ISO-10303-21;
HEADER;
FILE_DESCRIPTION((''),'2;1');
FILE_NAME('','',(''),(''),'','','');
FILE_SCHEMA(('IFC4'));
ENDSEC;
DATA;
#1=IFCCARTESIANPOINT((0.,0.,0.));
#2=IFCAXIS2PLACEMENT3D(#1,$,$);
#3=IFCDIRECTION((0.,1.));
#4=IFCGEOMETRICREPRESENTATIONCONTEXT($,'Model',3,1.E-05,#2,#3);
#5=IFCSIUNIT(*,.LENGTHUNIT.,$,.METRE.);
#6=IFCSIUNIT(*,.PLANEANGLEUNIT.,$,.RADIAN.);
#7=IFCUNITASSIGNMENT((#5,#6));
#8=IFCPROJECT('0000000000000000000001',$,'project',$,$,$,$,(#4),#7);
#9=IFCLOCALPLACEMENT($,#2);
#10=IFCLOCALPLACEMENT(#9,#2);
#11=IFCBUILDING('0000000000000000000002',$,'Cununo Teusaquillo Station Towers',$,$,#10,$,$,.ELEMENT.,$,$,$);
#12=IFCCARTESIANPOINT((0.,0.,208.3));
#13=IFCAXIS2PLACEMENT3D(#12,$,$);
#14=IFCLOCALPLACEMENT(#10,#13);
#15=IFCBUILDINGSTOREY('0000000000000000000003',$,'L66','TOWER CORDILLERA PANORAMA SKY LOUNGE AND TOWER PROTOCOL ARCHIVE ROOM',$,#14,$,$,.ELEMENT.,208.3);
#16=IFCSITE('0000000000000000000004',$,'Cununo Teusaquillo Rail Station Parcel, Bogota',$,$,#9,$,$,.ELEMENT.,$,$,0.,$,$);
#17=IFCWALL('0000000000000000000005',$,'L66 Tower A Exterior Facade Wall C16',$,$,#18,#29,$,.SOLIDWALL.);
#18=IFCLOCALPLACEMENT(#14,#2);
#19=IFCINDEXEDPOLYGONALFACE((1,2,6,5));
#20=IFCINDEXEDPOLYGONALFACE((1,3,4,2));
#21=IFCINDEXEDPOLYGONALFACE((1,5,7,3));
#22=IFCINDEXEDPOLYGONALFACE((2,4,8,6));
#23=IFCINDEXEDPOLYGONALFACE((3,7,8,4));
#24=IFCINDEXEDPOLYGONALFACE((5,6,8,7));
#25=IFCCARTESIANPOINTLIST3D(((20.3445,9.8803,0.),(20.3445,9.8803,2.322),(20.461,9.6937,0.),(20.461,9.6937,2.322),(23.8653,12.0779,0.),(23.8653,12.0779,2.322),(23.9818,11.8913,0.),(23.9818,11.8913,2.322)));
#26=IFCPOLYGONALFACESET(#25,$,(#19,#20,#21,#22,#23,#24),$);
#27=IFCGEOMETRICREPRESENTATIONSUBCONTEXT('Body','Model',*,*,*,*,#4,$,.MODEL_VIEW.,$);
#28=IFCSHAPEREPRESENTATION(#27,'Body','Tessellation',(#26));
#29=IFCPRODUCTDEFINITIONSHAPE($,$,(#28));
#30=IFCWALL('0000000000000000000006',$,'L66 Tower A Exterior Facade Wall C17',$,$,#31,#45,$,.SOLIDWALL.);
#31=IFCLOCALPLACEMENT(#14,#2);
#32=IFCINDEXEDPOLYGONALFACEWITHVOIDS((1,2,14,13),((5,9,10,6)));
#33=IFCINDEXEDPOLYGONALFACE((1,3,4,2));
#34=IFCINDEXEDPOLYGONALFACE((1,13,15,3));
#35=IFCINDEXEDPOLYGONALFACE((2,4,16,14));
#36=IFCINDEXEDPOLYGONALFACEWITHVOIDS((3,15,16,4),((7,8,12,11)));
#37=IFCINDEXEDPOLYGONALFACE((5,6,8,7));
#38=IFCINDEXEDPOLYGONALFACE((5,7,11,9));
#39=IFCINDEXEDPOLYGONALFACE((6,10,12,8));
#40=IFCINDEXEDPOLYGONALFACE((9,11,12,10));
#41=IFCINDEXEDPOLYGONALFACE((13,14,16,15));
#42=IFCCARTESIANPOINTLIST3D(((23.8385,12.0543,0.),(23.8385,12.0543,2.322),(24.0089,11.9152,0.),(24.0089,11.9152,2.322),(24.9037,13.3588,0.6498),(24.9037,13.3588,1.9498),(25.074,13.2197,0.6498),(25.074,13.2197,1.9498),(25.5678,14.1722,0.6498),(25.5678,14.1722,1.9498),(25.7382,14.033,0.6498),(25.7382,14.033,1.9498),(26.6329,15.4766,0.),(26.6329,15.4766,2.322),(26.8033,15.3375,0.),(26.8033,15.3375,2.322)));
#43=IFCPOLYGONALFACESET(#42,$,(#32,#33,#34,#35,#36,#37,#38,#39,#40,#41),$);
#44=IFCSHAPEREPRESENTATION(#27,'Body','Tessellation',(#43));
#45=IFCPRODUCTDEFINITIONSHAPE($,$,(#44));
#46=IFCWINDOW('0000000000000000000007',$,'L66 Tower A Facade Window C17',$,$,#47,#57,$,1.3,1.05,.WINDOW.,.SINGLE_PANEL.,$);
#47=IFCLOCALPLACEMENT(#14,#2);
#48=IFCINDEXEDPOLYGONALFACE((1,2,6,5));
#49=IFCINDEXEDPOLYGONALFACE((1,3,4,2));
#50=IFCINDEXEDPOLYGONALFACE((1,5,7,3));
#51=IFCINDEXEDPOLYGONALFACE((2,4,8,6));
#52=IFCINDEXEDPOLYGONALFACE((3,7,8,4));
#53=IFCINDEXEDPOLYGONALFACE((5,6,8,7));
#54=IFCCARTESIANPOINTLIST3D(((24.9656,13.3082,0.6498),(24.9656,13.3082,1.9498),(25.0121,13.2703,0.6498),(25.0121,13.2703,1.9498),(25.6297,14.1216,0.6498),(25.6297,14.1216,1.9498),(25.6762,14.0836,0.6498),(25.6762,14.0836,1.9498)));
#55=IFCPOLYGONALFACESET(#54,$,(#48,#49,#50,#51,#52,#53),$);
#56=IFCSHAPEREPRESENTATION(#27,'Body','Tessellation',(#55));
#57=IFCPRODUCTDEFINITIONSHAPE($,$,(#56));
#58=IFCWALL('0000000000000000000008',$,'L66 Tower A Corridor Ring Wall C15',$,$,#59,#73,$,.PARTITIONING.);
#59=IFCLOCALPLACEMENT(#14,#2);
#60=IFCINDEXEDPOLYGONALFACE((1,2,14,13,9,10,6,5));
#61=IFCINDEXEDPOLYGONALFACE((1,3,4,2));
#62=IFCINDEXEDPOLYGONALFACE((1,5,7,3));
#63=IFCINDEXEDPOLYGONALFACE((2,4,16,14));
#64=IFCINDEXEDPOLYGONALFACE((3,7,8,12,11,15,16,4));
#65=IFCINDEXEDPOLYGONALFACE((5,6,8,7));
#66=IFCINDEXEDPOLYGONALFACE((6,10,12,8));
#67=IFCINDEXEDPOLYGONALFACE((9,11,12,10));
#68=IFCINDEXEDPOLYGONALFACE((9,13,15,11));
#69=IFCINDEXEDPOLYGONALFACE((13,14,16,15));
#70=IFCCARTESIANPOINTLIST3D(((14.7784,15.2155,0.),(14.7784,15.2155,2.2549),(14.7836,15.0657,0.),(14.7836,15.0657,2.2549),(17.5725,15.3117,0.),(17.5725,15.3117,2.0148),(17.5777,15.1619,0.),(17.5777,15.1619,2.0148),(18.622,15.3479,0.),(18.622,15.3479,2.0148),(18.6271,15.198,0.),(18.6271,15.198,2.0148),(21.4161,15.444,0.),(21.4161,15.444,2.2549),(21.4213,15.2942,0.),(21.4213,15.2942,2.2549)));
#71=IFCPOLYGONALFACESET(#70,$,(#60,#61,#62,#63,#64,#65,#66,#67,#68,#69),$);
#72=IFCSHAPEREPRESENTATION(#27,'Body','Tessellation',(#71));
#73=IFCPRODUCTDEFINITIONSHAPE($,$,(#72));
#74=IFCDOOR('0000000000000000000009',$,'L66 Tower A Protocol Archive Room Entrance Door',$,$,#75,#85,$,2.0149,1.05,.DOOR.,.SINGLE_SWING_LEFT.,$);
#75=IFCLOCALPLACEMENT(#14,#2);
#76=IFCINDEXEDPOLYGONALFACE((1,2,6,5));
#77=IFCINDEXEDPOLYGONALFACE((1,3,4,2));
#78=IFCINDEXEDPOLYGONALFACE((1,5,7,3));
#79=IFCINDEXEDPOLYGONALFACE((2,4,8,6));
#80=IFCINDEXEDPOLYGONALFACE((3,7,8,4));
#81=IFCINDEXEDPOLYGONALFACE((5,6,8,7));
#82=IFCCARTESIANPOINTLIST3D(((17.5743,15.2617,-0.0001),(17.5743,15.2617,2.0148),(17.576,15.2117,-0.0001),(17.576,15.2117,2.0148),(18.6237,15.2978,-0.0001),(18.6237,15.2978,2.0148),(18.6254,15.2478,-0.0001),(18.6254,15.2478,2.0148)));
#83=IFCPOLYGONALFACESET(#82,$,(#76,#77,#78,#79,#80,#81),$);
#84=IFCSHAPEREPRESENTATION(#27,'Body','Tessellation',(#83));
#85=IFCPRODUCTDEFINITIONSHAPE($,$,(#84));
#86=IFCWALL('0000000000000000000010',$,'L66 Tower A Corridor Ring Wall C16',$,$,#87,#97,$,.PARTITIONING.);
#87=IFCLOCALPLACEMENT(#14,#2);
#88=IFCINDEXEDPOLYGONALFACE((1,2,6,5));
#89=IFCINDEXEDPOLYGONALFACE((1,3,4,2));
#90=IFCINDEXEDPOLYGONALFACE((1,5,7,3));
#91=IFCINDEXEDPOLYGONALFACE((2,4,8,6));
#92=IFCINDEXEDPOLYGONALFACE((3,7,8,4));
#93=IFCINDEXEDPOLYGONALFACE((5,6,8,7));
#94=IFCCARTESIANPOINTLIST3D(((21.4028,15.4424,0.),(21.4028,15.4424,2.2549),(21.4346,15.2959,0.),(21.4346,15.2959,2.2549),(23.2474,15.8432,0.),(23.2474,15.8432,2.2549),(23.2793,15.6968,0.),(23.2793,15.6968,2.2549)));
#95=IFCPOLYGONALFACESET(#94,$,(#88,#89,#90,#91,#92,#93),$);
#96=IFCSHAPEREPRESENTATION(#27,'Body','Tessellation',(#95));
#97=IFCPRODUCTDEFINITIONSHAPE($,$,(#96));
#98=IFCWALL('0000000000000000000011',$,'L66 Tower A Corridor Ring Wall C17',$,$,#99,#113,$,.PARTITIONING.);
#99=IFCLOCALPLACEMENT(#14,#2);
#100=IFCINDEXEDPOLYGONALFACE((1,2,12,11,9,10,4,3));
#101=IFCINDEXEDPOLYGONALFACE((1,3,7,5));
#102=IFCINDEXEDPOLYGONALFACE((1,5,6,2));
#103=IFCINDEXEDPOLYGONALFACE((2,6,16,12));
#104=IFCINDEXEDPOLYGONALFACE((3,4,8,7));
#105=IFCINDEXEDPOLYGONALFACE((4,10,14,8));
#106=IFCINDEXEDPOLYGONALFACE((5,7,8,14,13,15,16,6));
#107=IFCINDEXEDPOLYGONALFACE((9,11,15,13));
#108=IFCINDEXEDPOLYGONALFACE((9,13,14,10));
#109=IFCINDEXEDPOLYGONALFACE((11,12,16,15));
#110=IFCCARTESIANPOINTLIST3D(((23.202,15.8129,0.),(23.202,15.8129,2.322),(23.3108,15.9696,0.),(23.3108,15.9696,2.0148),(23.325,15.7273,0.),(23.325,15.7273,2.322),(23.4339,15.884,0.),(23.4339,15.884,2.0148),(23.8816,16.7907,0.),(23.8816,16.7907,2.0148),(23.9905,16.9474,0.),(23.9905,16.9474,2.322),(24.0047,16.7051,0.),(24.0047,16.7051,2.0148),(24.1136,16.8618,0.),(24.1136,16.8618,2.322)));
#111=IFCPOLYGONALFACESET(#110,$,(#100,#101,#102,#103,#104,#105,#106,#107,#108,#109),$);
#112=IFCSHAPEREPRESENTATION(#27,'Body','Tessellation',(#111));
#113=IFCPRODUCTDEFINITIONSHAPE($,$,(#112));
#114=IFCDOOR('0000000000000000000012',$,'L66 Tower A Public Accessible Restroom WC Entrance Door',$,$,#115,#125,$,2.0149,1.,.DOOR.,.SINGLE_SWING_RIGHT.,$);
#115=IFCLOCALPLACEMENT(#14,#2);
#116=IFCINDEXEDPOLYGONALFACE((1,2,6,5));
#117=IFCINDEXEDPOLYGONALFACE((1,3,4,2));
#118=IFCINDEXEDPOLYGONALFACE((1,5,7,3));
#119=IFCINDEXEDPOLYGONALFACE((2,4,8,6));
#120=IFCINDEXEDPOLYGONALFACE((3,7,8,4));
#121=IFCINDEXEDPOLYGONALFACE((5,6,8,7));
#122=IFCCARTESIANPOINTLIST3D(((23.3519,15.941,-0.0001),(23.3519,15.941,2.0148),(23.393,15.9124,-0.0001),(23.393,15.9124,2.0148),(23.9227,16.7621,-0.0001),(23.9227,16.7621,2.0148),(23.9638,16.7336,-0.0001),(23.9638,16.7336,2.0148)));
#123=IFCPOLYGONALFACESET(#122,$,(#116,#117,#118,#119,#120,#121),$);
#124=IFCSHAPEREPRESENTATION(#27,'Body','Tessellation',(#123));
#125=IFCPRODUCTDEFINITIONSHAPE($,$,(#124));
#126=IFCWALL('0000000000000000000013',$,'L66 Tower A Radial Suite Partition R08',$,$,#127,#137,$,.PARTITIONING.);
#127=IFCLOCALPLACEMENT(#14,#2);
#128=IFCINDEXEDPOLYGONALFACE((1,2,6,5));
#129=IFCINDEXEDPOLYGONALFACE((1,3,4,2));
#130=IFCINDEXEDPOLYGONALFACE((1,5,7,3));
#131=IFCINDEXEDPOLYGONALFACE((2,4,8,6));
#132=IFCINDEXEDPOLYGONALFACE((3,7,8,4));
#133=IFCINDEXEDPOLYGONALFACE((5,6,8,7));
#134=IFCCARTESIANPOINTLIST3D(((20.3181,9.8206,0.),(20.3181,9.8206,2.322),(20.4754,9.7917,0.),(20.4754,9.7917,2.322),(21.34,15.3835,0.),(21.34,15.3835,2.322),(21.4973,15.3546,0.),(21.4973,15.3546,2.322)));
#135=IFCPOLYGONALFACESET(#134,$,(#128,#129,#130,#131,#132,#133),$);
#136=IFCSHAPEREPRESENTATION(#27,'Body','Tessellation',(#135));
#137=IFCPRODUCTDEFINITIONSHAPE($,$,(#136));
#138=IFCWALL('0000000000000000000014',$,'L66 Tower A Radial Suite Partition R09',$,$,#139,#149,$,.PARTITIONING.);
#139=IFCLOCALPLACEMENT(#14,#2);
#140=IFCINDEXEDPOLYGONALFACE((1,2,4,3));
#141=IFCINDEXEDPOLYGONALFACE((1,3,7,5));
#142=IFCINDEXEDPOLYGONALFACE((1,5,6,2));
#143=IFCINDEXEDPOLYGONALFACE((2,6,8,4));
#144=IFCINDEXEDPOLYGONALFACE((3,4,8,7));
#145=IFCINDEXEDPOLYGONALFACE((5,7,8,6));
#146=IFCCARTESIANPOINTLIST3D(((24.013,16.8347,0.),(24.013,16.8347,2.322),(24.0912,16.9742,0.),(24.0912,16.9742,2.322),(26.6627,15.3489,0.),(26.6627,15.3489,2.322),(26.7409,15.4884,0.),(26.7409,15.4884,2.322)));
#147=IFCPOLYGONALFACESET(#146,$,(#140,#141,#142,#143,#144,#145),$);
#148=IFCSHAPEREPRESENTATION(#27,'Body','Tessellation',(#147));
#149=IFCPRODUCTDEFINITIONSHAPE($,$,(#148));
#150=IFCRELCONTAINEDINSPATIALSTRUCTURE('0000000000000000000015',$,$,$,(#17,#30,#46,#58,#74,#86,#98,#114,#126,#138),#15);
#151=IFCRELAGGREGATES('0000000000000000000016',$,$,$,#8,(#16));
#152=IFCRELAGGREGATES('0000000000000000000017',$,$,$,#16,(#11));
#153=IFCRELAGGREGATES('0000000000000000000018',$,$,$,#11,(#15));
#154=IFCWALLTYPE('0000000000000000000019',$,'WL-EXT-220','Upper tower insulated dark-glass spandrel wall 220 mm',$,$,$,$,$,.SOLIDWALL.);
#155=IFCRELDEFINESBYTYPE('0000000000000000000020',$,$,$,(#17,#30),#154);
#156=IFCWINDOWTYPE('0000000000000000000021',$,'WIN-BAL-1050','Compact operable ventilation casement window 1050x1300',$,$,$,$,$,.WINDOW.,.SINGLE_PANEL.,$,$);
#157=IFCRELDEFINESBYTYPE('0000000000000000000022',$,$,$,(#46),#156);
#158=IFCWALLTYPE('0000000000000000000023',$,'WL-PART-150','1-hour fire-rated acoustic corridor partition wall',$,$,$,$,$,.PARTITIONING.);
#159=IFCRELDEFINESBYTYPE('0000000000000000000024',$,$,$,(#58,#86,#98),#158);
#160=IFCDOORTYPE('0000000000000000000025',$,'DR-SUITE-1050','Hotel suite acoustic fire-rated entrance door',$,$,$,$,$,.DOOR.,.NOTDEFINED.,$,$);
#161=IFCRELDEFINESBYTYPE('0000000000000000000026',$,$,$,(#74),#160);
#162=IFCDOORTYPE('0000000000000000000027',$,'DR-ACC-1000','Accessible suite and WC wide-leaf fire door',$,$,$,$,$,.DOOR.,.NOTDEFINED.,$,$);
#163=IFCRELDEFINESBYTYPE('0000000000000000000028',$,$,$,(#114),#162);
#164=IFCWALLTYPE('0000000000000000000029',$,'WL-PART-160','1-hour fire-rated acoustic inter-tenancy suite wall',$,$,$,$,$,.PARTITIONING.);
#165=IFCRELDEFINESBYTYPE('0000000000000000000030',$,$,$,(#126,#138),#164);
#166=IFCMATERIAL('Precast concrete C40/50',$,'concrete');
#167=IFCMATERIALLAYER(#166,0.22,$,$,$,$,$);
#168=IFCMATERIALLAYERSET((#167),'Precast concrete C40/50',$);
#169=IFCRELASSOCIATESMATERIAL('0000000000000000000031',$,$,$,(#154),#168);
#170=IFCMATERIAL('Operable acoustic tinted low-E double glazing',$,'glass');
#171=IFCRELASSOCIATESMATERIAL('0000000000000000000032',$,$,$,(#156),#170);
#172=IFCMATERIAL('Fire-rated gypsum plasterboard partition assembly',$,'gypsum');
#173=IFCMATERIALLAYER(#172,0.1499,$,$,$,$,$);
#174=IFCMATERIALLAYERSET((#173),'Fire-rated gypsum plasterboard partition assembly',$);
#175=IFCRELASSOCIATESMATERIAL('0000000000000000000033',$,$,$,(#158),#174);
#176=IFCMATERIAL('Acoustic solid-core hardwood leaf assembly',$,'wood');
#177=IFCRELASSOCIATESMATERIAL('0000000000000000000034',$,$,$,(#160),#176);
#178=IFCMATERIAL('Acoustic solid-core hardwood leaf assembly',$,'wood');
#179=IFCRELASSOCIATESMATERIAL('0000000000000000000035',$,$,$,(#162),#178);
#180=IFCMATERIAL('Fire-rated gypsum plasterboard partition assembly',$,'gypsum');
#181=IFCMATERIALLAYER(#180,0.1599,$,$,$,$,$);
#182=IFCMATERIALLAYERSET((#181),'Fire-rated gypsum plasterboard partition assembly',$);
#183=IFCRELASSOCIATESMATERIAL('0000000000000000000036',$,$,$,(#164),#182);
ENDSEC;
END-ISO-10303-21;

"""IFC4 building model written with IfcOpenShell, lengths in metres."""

from ifc_helpers import new_model, si_unit, direction, frame, frame_2d, origin, place, context, subcontext, project, spatial, rectangle, extrude, source, transform, mapped, material, layer, layer_set, type_object, element, fill, save


model = new_model("IFC4")

# Units and contexts
model_context = context("Model", 3, precision=1e-05, world=origin(), true_north=direction((0.0, 1.0)))
body_context = subcontext(model_context, "Body", "Model", "MODEL_VIEW")
ifc_project = project(units=[si_unit("LENGTHUNIT", "METRE"), si_unit("PLANEANGLEUNIT", "RADIAN")], contexts=[model_context])

# Site, building, storey
site_placement = place(None, origin())
site = spatial("IfcSite", under=ifc_project, at=site_placement, Name="Cununo Teusaquillo Rail Station Parcel, Bogota", CompositionType="ELEMENT", RefElevation=0.0)
building_placement = place(site_placement, origin())
building = spatial("IfcBuilding", under=site, at=building_placement, Name="Cununo Teusaquillo Station Towers", CompositionType="ELEMENT")
storey_placement = place(building_placement, frame((0.0, 0.0, 208.3)))
storey = spatial("IfcBuildingStorey", under=building, at=storey_placement, Name="L66", Description="TOWER CORDILLERA PANORAMA SKY LOUNGE AND TOWER PROTOCOL ARCHIVE ROOM", CompositionType="ELEMENT", Elevation=208.3)

# Shared definitions
ifc_material_1 = material(Name="Precast concrete C40/50", Category="concrete")
ifc_layer_1 = layer(ifc_material_1, 0.22)
ifc_layer_set_1 = layer_set([ifc_layer_1], Name="Precast concrete C40/50")
wall_type_1 = type_object("IfcWallType", Name="WL-EXT-220", Description="Upper tower insulated dark-glass spandrel wall 220 mm", PredefinedType="SOLIDWALL", material=ifc_layer_set_1)

# Shared definitions
shared_shape_1 = source(origin(), body_context, "Body", "SweptSolid", [
    extrude(rectangle(XDim=1.05, YDim=1.3, at=frame_2d((0.5249, 0.6499))), frame((0.0, 0.1199, 0.0), z_axis=(0.0, -1.0, 0.0), x_axis=(1.0, 0.0, 0.0)), (0.0, 0.0, 1.0), 0.24),
])
ifc_material_2 = material(Name="Operable acoustic tinted low-E double glazing", Category="glass")
window_type = type_object("IfcWindowType", Name="WIN-BAL-1050", Description="Compact operable ventilation casement window 1050x1300", PartitioningType="SINGLE_PANEL", PredefinedType="WINDOW", material=ifc_material_2)
shared_shape_2 = source(origin(), body_context, "Body", "SweptSolid", [
    extrude(rectangle(XDim=1.05, YDim=1.3, at=frame_2d((0.5249, 0.6499))), frame((0.0, 0.03, 0.0), z_axis=(0.0, -1.0, 0.0), x_axis=(1.0, 0.0, 0.0)), (0.0, 0.0, 1.0), 0.0601),
])

# Wall
wall_1_placement = place(storey_placement, frame((23.9236, 11.9846, 0.0), z_axis=(0.0, 0.0, 1.0), x_axis=(-0.848319, -0.529486, 0.0)))
element("IfcWall", 1, at=wall_1_placement, inside=storey, type_object=wall_type_1, Name="L66 Tower A Exterior Facade Wall C16", PredefinedType="SOLIDWALL", context=body_context, shape_type="SweptSolid", body=[
    extrude(rectangle(XDim=4.1504, YDim=0.22, at=frame_2d((2.0752, 0.0))), origin(), (0.0, 0.0, 1.0), 2.322),
])

# Wall, opening, window
wall_2_placement = place(storey_placement, frame((26.718, 15.407, 0.0), z_axis=(0.0, 0.0, 1.0), x_axis=(-0.632467, -0.774587, 0.0)))
wall_2 = element("IfcWall", 2, at=wall_2_placement, inside=storey, type_object=wall_type_1, Name="L66 Tower A Exterior Facade Wall C17", PredefinedType="SOLIDWALL", context=body_context, shape_type="SweptSolid", body=[
    extrude(rectangle(XDim=4.4182, YDim=0.22, at=frame_2d((2.209, 0.0))), origin(), (0.0, 0.0, 1.0), 2.322),
])
opening_1_placement = place(wall_2_placement, frame((1.6841, 0.0, 0.6499)))
opening_1 = element("IfcOpeningElement", 3, at=opening_1_placement, cuts=wall_2, PredefinedType="OPENING", context=body_context, shape_type="MappedRepresentation", body=[
    mapped(shared_shape_1, transform((0.0, 0.0, 0.0), x_axis=(1.0, 0.0, 0.0), y_axis=(0.0, 1.0, 0.0), z_axis=(0.0, 0.0, 1.0), scale=1.0)),
])
window_1_placement = place(opening_1_placement, origin())
window_1 = element("IfcWindow", 4, at=window_1_placement, inside=storey, type_object=window_type, Name="L66 Tower A Facade Window C17", OverallHeight=1.3, OverallWidth=1.05, PartitioningType="SINGLE_PANEL", PredefinedType="WINDOW", context=body_context, shape_type="MappedRepresentation", body=[
    mapped(shared_shape_2, transform((0.0, 0.0, 0.0), x_axis=(1.0, 0.0, 0.0), y_axis=(0.0, 1.0, 0.0), z_axis=(0.0, 0.0, 1.0), scale=1.0)),
])
fill(opening_1, window_1)

# Wall, opening, door
ifc_material_3 = material(Name="Fire-rated gypsum plasterboard partition assembly", Category="gypsum")
ifc_layer_2 = layer(ifc_material_3, 0.1499)
ifc_layer_set_2 = layer_set([ifc_layer_2], Name="Fire-rated gypsum plasterboard partition assembly")
wall_type_2 = type_object("IfcWallType", Name="WL-PART-150", Description="1-hour fire-rated acoustic corridor partition wall", PredefinedType="PARTITIONING", material=ifc_layer_set_2)
wall_3_placement = place(storey_placement, frame((14.781, 15.1406, 0.0), z_axis=(0.0, 0.0, 1.0), x_axis=(0.999408, 0.034407, 0.0)))
wall_3 = element("IfcWall", 5, at=wall_3_placement, inside=storey, type_object=wall_type_2, Name="L66 Tower A Corridor Ring Wall C15", PredefinedType="PARTITIONING", context=body_context, shape_type="SweptSolid", body=[
    extrude(rectangle(XDim=6.6416, YDim=0.1499, at=frame_2d((3.3208, 0.0))), origin(), (0.0, 0.0, 1.0), 2.2549),
])
shared_shape_3 = source(origin(), body_context, "Body", "SweptSolid", [
    extrude(rectangle(XDim=1.05, YDim=2.0149, at=frame_2d((0.5249, 1.0073))), frame((0.0, 0.085, 0.0), z_axis=(0.0, -1.0, 0.0), x_axis=(1.0, 0.0, 0.0)), (0.0, 0.0, 1.0), 0.1699),
])
opening_2_placement = place(wall_3_placement, frame((2.7959, 0.0, 0.0)))
opening_2 = element("IfcOpeningElement", 6, at=opening_2_placement, cuts=wall_3, PredefinedType="OPENING", context=body_context, shape_type="MappedRepresentation", body=[
    mapped(shared_shape_3, transform((0.0, 0.0, 0.0), x_axis=(1.0, 0.0, 0.0), y_axis=(0.0, 1.0, 0.0), z_axis=(0.0, 0.0, 1.0), scale=1.0)),
])
ifc_material_4 = material(Name="Acoustic solid-core hardwood leaf assembly", Category="wood")
door_type_1 = type_object("IfcDoorType", Name="DR-SUITE-1050", Description="Hotel suite acoustic fire-rated entrance door", OperationType="NOTDEFINED", PredefinedType="DOOR", material=ifc_material_4)
shared_shape_4 = source(origin(), body_context, "Body", "SweptSolid", [
    extrude(rectangle(XDim=1.05, YDim=2.0149, at=frame_2d((0.5249, 1.0073))), frame((0.0, 0.0249, 0.0), z_axis=(0.0, -1.0, 0.0), x_axis=(1.0, 0.0, 0.0)), (0.0, 0.0, 1.0), 0.05),
])
door_1_placement = place(opening_2_placement, origin())
door_1 = element("IfcDoor", 7, at=door_1_placement, inside=storey, type_object=door_type_1, Name="L66 Tower A Protocol Archive Room Entrance Door", OperationType="SINGLE_SWING_LEFT", OverallHeight=2.0149, OverallWidth=1.05, PredefinedType="DOOR", context=body_context, shape_type="MappedRepresentation", body=[
    mapped(shared_shape_4, transform((0.0, 0.0, 0.0), x_axis=(1.0, 0.0, 0.0), y_axis=(0.0, 1.0, 0.0), z_axis=(0.0, 0.0, 1.0), scale=1.0)),
])
fill(opening_2, door_1)

# Wall
wall_4_placement = place(storey_placement, frame((21.4187, 15.3691, 0.0), z_axis=(0.0, 0.0, 1.0), x_axis=(0.977193, 0.212354, 0.0)))
element("IfcWall", 8, at=wall_4_placement, inside=storey, type_object=wall_type_2, Name="L66 Tower A Corridor Ring Wall C16", PredefinedType="PARTITIONING", context=body_context, shape_type="SweptSolid", body=[
    extrude(rectangle(XDim=1.8877, YDim=0.1499, at=frame_2d((0.9438, 0.0))), origin(), (0.0, 0.0, 1.0), 2.2549),
])

# Wall, opening, door
wall_5_placement = place(storey_placement, frame((23.2634, 15.77, 0.0), z_axis=(0.0, 0.0, 1.0), x_axis=(0.570743, 0.821128, 0.0)))
wall_5 = element("IfcWall", 9, at=wall_5_placement, inside=storey, type_object=wall_type_2, Name="L66 Tower A Corridor Ring Wall C17", PredefinedType="PARTITIONING", context=body_context, shape_type="SweptSolid", body=[
    extrude(rectangle(XDim=1.3816, YDim=0.1499, at=frame_2d((0.6909, 0.0))), origin(), (0.0, 0.0, 1.0), 2.322),
])
shared_shape_5 = source(origin(), body_context, "Body", "SweptSolid", [
    extrude(rectangle(XDim=1.0, YDim=2.0149, at=frame_2d((0.5, 1.0073))), frame((0.0, 0.085, 0.0), z_axis=(0.0, -1.0, 0.0), x_axis=(1.0, 0.0, 0.0)), (0.0, 0.0, 1.0), 0.1699),
])
opening_3_placement = place(wall_5_placement, frame((0.1909, 0.0, 0.0)))
opening_3 = element("IfcOpeningElement", 10, at=opening_3_placement, cuts=wall_5, PredefinedType="OPENING", context=body_context, shape_type="MappedRepresentation", body=[
    mapped(shared_shape_5, transform((0.0, 0.0, 0.0), x_axis=(1.0, 0.0, 0.0), y_axis=(0.0, 1.0, 0.0), z_axis=(0.0, 0.0, 1.0), scale=1.0)),
])
ifc_material_5 = material(Name="Acoustic solid-core hardwood leaf assembly", Category="wood")
door_type_2 = type_object("IfcDoorType", Name="DR-ACC-1000", Description="Accessible suite and WC wide-leaf fire door", OperationType="NOTDEFINED", PredefinedType="DOOR", material=ifc_material_5)
shared_shape_6 = source(origin(), body_context, "Body", "SweptSolid", [
    extrude(rectangle(XDim=1.0, YDim=2.0149, at=frame_2d((0.5, 1.0073))), frame((0.0, 0.0249, 0.0), z_axis=(0.0, -1.0, 0.0), x_axis=(1.0, 0.0, 0.0)), (0.0, 0.0, 1.0), 0.05),
])
door_2_placement = place(opening_3_placement, origin())
door_2 = element("IfcDoor", 11, at=door_2_placement, inside=storey, type_object=door_type_2, Name="L66 Tower A Public Accessible Restroom WC Entrance Door", OperationType="SINGLE_SWING_RIGHT", OverallHeight=2.0149, OverallWidth=1.0, PredefinedType="DOOR", context=body_context, shape_type="MappedRepresentation", body=[
    mapped(shared_shape_6, transform((0.0, 0.0, 0.0), x_axis=(1.0, 0.0, 0.0), y_axis=(0.0, 1.0, 0.0), z_axis=(0.0, 0.0, 1.0), scale=1.0)),
])
fill(opening_3, door_2)

# Walls
ifc_material_6 = material(Name="Fire-rated gypsum plasterboard partition assembly", Category="gypsum")
ifc_layer_3 = layer(ifc_material_6, 0.1599)
ifc_layer_set_3 = layer_set([ifc_layer_3], Name="Fire-rated gypsum plasterboard partition assembly")
wall_type_3 = type_object("IfcWallType", Name="WL-PART-160", Description="1-hour fire-rated acoustic inter-tenancy suite wall", PredefinedType="PARTITIONING", material=ifc_layer_set_3)
wall_6_placement = place(storey_placement, frame((21.4187, 15.3691, 0.0), z_axis=(0.0, 0.0, 1.0), x_axis=(-0.180686, -0.983541, 0.0)))
element("IfcWall", 12, at=wall_6_placement, inside=storey, type_object=wall_type_3, Name="L66 Tower A Radial Suite Partition R08", PredefinedType="PARTITIONING", context=body_context, shape_type="SweptSolid", body=[
    extrude(rectangle(XDim=5.656, YDim=0.1599, at=frame_2d((2.8281, 0.0))), origin(), (0.0, 0.0, 1.0), 2.322),
])
wall_7_placement = place(storey_placement, frame((24.052, 16.9045, 0.0), z_axis=(0.0, 0.0, 1.0), x_axis=(0.872221, -0.489112, 0.0)))
element("IfcWall", 13, at=wall_7_placement, inside=storey, type_object=wall_type_3, Name="L66 Tower A Radial Suite Partition R09", PredefinedType="PARTITIONING", context=body_context, shape_type="SweptSolid", body=[
    extrude(rectangle(XDim=3.0378, YDim=0.1599, at=frame_2d((1.519, 0.0))), origin(), (0.0, 0.0, 1.0), 2.322),
])

save(model, "model.ifc")
